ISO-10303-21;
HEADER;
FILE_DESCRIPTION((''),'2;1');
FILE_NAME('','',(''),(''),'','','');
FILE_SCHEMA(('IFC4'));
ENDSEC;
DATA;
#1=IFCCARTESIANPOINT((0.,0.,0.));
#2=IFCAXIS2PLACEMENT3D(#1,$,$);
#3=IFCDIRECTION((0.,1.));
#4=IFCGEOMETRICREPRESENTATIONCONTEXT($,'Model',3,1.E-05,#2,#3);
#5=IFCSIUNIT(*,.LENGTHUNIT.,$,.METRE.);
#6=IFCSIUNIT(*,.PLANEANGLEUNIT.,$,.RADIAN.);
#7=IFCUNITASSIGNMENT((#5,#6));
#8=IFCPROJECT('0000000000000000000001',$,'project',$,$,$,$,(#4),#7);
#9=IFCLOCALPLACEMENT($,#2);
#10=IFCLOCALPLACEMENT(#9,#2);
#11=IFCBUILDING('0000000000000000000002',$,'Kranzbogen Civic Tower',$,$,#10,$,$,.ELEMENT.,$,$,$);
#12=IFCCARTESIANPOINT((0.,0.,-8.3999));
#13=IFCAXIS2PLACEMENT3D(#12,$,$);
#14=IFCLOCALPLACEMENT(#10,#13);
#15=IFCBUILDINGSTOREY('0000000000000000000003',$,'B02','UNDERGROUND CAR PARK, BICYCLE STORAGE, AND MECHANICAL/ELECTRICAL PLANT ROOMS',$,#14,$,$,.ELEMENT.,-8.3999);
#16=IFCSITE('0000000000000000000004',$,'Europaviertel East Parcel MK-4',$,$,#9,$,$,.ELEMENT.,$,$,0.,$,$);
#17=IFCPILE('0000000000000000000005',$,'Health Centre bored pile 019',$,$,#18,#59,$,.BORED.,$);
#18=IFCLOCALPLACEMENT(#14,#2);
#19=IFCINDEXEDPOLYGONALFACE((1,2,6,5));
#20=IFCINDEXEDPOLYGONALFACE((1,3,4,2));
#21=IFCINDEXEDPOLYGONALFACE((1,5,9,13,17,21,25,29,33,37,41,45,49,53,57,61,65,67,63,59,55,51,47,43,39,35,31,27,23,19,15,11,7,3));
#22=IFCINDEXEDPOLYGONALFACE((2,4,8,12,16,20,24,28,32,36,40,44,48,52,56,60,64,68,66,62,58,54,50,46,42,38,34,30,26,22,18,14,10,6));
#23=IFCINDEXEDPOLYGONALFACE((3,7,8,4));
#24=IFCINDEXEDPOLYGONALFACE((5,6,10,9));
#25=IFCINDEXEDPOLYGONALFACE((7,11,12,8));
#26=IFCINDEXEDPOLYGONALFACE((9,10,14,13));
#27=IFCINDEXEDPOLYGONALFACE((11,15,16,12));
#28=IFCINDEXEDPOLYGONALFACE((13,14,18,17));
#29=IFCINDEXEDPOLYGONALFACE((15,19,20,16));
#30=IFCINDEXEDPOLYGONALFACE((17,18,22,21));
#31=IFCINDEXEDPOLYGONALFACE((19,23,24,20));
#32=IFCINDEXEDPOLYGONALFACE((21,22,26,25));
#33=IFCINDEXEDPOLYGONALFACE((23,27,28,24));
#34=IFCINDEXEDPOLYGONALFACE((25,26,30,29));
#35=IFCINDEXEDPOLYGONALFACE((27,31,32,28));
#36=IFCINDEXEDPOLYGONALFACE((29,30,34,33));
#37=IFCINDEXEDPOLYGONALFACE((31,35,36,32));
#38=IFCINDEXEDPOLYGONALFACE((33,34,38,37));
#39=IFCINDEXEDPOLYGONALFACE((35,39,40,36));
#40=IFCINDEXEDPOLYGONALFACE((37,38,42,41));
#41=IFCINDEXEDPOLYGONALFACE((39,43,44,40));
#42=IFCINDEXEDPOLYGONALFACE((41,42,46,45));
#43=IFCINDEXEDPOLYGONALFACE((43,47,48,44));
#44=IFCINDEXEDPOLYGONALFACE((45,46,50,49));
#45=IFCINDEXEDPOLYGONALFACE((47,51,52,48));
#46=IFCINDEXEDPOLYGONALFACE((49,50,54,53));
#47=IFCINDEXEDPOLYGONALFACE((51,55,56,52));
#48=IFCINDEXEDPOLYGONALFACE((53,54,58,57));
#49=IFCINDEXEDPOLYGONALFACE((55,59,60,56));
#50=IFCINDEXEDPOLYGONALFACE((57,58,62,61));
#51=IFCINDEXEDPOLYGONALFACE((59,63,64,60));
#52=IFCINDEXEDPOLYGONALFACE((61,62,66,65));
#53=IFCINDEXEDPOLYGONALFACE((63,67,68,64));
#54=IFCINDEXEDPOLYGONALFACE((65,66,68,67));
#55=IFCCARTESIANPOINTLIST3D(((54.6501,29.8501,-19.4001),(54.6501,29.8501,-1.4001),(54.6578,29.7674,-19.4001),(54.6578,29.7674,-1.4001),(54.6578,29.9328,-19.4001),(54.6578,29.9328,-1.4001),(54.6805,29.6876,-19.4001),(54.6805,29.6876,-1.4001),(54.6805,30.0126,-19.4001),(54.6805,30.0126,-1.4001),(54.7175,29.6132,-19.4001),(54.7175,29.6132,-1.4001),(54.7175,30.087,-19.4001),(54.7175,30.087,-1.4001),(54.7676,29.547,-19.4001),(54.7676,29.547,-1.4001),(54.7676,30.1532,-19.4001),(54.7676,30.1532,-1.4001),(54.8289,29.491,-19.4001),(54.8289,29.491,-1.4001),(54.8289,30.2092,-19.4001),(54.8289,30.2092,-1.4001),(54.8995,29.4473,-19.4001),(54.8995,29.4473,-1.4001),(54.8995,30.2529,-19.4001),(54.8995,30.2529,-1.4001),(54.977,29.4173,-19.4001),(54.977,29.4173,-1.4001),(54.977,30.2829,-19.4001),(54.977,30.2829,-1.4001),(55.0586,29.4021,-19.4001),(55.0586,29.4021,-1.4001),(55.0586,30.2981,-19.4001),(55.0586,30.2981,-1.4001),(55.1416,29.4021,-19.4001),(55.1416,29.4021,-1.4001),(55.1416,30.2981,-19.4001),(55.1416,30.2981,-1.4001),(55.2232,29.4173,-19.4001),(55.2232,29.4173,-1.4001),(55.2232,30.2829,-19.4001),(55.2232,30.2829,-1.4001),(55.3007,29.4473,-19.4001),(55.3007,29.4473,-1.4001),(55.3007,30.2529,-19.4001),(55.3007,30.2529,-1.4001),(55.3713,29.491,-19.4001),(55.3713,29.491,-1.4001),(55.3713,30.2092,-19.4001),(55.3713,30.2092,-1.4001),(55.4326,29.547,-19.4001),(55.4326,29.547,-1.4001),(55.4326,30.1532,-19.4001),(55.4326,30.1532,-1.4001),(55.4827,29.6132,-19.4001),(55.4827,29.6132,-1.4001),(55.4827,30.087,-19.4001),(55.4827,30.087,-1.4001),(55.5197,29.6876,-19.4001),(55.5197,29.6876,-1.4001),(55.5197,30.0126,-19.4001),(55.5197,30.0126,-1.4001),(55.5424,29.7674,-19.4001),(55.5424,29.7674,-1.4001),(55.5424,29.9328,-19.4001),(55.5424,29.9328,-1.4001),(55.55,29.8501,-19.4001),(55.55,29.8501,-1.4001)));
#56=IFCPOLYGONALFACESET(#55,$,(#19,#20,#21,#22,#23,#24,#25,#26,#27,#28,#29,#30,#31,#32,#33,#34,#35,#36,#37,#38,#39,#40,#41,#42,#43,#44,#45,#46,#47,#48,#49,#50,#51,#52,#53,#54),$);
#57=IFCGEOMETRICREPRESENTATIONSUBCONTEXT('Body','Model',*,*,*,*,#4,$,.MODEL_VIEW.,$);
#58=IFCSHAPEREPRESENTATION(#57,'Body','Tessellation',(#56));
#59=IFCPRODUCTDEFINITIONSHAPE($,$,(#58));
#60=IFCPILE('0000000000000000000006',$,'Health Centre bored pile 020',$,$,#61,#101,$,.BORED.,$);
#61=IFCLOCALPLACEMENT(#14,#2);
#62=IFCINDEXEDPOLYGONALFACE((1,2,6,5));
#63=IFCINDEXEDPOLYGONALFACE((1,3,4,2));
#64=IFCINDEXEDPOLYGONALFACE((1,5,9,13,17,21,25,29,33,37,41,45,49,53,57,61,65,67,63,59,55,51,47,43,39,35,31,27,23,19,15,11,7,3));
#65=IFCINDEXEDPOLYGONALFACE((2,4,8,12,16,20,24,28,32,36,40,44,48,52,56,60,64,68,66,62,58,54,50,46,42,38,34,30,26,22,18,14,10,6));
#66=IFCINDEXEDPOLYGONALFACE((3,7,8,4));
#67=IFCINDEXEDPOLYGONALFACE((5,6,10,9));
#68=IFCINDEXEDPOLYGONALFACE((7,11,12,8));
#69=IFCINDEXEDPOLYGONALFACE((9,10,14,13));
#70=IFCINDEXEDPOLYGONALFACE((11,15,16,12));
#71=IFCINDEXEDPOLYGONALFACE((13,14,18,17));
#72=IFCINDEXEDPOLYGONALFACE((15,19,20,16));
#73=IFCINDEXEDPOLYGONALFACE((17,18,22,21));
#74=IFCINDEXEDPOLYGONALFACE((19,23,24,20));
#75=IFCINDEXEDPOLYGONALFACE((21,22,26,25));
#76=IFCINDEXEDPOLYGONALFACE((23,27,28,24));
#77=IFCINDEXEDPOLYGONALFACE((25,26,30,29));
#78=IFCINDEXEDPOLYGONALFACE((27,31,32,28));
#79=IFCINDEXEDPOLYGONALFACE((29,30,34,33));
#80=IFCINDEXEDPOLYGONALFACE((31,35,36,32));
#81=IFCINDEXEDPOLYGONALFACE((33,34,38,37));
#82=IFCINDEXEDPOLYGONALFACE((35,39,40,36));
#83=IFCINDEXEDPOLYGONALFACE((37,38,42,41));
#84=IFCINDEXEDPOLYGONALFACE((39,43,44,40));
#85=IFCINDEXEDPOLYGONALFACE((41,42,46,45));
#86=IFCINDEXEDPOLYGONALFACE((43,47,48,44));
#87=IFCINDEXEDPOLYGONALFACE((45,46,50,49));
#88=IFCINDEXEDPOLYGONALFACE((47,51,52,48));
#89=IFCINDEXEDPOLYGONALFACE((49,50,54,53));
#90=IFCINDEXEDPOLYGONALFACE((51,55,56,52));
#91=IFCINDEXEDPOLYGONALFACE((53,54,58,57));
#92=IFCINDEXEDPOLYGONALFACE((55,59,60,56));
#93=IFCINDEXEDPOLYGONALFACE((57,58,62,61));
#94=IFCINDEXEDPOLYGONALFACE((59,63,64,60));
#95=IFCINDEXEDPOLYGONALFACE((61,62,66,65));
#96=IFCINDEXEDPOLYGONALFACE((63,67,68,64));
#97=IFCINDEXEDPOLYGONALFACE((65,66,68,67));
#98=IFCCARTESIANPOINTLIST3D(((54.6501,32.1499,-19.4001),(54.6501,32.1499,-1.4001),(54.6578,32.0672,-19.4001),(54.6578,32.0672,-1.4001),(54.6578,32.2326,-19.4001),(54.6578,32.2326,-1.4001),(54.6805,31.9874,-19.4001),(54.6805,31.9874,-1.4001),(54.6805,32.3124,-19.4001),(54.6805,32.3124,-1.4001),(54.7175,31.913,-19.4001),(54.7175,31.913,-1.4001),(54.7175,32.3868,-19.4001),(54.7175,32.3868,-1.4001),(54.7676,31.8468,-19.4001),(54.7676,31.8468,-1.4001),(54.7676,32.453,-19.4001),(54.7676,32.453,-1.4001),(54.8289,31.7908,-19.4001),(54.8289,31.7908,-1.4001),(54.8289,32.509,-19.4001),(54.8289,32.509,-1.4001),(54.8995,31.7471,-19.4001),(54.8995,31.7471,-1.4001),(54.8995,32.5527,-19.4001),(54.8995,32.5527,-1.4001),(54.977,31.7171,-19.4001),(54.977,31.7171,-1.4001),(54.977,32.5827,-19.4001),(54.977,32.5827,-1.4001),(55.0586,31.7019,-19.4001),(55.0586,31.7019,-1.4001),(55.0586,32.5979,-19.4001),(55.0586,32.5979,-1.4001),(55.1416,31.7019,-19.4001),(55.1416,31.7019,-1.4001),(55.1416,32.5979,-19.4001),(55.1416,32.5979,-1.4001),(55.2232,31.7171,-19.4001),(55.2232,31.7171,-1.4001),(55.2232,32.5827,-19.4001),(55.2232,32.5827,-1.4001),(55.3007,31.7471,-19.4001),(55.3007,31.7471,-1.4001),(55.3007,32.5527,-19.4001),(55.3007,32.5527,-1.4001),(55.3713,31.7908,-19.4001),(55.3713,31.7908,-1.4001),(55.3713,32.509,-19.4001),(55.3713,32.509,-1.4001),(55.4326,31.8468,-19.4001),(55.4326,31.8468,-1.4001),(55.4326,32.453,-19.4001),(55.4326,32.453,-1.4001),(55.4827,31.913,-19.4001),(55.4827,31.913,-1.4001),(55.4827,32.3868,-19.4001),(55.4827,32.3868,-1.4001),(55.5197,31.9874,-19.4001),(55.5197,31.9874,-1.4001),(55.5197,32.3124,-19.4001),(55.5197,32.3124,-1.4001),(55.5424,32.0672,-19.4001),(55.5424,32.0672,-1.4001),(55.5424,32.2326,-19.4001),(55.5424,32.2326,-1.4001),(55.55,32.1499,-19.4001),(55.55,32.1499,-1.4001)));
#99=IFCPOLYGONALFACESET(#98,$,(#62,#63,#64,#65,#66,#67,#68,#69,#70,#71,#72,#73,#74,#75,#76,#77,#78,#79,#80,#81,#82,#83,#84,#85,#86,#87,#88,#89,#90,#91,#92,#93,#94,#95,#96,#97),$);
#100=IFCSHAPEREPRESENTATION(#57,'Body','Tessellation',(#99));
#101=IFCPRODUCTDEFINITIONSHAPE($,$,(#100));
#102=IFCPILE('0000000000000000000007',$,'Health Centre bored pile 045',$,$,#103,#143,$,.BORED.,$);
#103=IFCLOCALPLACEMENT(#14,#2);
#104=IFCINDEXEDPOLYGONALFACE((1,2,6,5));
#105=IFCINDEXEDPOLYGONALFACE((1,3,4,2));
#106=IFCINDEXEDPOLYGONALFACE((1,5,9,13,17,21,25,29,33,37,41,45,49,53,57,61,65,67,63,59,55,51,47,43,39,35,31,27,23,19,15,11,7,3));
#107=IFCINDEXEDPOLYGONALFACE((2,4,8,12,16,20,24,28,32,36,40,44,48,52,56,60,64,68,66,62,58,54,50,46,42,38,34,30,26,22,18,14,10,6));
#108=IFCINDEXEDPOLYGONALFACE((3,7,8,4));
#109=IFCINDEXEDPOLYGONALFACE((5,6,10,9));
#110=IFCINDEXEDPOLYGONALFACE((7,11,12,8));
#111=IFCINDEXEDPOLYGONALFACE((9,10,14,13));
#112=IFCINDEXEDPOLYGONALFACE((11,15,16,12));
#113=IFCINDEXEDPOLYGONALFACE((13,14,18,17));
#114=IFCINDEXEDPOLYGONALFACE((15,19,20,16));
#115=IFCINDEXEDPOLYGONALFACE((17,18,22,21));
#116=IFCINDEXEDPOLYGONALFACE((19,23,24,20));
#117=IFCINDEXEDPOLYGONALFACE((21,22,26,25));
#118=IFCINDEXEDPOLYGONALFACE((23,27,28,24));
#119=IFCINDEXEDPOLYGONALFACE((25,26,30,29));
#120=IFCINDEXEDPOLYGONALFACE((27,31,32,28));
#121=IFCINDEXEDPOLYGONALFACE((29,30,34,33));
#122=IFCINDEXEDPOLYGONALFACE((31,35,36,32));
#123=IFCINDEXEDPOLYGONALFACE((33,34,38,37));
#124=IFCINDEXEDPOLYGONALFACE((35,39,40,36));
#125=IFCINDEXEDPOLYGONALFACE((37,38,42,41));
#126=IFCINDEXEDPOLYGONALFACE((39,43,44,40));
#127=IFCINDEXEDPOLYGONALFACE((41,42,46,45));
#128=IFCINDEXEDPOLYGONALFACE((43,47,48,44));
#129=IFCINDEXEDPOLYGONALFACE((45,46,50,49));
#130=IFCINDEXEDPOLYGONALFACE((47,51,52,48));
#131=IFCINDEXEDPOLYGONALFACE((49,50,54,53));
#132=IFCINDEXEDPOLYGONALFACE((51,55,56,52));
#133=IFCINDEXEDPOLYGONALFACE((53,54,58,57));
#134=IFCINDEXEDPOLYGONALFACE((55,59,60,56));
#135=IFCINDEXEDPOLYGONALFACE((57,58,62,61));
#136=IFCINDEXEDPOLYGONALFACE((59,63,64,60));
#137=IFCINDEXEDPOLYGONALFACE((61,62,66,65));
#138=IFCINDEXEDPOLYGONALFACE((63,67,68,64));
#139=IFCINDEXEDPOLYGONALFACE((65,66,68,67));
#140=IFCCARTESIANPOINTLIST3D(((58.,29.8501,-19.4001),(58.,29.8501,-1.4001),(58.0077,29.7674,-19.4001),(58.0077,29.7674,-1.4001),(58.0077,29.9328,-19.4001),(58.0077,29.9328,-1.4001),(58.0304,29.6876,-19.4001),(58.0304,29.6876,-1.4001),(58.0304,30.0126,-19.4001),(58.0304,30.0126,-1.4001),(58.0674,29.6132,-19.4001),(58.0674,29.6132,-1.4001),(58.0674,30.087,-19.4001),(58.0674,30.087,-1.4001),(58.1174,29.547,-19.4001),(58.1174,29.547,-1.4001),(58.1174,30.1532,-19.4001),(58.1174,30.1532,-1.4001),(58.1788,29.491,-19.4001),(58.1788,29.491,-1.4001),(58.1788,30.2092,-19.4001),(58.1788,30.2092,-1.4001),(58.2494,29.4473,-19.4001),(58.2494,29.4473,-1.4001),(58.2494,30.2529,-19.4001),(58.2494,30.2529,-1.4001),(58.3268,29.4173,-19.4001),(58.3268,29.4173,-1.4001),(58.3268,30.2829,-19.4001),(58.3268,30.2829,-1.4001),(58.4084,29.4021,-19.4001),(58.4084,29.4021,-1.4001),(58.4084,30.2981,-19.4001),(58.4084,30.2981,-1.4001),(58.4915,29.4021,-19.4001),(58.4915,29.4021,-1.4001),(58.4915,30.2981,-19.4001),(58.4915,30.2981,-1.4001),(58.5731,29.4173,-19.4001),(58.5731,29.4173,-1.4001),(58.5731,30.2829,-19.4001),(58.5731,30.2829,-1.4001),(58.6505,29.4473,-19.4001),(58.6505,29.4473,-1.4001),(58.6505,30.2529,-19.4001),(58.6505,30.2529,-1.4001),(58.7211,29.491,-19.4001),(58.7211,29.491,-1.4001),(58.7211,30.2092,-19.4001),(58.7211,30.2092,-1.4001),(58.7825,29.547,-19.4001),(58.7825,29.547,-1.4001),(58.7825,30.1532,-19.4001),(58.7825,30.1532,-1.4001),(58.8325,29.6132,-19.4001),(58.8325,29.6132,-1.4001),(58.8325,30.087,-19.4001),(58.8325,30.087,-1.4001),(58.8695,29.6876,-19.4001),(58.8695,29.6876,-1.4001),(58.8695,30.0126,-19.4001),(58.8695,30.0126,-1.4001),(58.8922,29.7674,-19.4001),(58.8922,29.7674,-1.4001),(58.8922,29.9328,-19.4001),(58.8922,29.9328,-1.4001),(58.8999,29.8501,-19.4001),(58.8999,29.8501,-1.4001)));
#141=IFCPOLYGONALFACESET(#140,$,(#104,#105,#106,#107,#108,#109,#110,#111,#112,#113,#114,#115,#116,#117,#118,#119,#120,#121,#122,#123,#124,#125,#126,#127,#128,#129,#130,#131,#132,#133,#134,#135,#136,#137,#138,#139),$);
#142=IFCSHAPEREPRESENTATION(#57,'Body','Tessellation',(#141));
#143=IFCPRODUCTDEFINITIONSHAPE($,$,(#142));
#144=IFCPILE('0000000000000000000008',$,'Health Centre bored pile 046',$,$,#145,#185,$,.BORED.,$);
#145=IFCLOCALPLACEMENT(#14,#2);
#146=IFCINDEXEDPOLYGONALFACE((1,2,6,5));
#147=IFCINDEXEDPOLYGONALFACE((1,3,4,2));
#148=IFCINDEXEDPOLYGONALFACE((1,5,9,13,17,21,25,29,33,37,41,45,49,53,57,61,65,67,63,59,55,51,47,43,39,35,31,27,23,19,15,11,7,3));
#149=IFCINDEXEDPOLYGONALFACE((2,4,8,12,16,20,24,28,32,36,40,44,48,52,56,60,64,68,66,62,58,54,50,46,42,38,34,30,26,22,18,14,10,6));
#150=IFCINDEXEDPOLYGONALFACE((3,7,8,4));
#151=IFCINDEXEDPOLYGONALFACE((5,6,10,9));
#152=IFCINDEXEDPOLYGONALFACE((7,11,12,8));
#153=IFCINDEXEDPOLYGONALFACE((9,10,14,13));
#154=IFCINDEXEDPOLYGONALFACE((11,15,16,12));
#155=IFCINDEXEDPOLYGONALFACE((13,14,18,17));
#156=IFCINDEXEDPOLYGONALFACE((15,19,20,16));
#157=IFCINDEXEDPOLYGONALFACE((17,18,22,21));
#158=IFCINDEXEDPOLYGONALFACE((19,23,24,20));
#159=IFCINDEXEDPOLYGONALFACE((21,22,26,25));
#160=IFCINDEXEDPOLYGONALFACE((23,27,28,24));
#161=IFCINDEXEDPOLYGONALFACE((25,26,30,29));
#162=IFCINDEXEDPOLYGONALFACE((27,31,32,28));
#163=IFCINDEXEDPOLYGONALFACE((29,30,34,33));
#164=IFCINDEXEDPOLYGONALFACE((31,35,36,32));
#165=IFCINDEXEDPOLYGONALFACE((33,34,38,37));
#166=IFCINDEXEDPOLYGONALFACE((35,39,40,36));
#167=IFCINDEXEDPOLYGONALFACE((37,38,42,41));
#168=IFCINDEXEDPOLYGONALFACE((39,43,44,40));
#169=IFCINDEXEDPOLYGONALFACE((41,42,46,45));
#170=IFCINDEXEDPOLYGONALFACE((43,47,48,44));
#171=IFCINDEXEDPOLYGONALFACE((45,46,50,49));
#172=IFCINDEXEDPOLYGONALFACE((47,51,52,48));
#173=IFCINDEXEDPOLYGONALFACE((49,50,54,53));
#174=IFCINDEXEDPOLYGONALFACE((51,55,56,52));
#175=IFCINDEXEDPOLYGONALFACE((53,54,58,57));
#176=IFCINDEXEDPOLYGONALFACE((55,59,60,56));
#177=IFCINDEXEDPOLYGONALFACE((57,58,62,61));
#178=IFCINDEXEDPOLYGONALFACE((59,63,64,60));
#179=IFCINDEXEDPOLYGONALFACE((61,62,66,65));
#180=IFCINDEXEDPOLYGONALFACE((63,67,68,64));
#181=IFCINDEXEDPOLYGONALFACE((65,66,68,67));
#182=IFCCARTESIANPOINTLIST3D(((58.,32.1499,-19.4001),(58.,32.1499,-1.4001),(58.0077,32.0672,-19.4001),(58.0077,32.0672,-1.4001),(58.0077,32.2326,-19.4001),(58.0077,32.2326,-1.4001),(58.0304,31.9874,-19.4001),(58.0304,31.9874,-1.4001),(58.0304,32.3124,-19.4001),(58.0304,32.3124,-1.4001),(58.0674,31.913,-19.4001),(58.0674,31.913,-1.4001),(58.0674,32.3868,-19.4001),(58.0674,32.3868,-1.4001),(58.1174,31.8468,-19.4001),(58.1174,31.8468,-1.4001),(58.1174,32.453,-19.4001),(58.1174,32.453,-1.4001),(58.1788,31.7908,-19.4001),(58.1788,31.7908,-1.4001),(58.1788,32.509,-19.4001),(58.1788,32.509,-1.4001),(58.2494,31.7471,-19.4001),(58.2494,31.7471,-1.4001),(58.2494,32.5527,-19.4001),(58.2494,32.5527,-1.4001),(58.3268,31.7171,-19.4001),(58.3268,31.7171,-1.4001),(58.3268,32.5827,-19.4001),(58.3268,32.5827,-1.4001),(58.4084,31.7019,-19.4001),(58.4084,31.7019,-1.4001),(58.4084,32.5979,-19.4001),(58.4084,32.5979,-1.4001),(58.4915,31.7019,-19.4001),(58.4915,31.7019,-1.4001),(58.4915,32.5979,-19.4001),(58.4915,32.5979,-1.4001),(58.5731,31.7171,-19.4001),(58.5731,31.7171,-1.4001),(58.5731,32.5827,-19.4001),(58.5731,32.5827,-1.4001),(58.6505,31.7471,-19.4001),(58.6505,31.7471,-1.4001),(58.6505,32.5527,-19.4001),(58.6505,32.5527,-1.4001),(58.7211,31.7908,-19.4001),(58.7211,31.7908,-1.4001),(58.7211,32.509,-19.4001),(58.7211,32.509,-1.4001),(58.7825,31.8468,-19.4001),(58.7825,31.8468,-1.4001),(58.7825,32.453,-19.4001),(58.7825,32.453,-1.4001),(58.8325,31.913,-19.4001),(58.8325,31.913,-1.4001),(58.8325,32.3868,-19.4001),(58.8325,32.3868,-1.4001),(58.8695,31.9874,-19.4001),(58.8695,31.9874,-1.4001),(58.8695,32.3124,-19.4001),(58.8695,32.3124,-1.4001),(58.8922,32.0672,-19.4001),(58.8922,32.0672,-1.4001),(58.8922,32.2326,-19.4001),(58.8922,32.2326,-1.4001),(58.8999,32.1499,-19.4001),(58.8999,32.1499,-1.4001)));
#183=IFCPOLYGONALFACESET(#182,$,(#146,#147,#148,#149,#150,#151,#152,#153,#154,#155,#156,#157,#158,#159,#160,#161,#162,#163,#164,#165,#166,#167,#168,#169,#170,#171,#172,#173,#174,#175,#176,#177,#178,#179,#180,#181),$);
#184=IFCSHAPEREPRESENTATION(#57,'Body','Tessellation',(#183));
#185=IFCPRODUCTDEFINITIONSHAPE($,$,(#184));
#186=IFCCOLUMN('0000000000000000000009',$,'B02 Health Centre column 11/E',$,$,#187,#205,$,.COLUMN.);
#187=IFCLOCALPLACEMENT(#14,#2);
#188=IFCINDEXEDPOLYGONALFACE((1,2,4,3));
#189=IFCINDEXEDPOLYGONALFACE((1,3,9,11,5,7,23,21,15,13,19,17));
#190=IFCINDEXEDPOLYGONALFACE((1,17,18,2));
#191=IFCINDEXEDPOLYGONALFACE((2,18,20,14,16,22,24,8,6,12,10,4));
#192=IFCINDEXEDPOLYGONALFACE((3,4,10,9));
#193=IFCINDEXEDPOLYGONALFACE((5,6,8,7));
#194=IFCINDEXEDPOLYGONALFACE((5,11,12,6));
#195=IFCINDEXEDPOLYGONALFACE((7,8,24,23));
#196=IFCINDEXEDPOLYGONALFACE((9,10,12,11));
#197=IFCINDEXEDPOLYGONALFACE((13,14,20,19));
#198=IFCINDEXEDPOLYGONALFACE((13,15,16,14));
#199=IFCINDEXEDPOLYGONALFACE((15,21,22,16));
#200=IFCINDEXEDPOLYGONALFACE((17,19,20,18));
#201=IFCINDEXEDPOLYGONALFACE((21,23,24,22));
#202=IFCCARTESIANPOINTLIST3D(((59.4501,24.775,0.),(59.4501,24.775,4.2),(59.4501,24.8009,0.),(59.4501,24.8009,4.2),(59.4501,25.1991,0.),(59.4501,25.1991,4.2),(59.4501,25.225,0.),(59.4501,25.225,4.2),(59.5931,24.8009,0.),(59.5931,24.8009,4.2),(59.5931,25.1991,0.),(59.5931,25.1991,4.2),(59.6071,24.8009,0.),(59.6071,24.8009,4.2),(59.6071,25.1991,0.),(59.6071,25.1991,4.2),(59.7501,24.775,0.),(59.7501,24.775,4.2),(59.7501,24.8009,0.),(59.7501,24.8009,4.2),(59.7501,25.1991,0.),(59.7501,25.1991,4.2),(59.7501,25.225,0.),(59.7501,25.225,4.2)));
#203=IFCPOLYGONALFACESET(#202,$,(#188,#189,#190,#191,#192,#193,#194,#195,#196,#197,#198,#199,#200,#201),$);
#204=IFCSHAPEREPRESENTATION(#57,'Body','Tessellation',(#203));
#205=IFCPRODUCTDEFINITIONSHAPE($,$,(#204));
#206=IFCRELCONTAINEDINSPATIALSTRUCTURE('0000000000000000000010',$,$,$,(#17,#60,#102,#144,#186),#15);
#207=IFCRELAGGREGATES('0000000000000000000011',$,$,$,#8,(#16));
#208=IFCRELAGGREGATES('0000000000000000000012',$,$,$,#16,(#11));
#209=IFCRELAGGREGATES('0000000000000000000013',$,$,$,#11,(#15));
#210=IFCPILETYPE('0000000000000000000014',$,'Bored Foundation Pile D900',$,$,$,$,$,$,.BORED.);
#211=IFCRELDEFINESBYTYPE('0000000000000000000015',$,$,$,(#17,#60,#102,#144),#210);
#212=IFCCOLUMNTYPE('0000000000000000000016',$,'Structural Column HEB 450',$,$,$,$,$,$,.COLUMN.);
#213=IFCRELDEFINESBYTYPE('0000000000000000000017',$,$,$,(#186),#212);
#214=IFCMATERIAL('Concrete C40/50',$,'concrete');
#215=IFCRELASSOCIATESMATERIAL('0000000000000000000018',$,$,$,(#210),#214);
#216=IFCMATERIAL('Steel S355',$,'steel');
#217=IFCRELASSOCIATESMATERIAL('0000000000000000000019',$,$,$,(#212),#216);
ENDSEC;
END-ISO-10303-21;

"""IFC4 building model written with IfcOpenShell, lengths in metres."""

from ifc_helpers import new_model, si_unit, direction, frame, origin, origin_2d, place, context, subcontext, project, spatial, circle, i_section, extrude, material, material_profile, profile_set, type_object, element, save


model = new_model("IFC4")

# Units and contexts
model_context = context("Model", 3, precision=1e-05, world=origin(), true_north=direction((0.0, 1.0)))
body_context = subcontext(model_context, "Body", "Model", "MODEL_VIEW")
ifc_project = project(units=[si_unit("LENGTHUNIT", "METRE"), si_unit("PLANEANGLEUNIT", "RADIAN")], contexts=[model_context])

# Site, building, storey
site_placement = place(None, origin())
site = spatial("IfcSite", under=ifc_project, at=site_placement, Name="Europaviertel East Parcel MK-4", CompositionType="ELEMENT", RefElevation=0.0)
building_placement = place(site_placement, origin())
building = spatial("IfcBuilding", under=site, at=building_placement, Name="Kranzbogen Civic Tower", CompositionType="ELEMENT")
storey_placement = place(building_placement, frame((0.0, 0.0, -8.3999)))
storey = spatial("IfcBuildingStorey", under=building, at=storey_placement, Name="B02", Description="UNDERGROUND CAR PARK, BICYCLE STORAGE, AND MECHANICAL/ELECTRICAL PLANT ROOMS", CompositionType="ELEMENT", Elevation=-8.3999)

# Piles
ifc_material_1 = material(Name="Concrete C40/50", Category="concrete")
ifc_material_profile_1 = material_profile(ifc_material_1, circle(Radius=0.45, at=origin_2d()), Name="PILE D900")
ifc_profile_set_1 = profile_set([ifc_material_profile_1], Name="Concrete C40/50")
pile_type_1 = type_object("IfcPileType", Name="Bored Foundation Pile D900", PredefinedType="BORED", material=ifc_profile_set_1)
for number, where, z_axis, x_axis, name in (
    (1, (55.1001, 29.8501, -1.4001), (0.0, 0.0, -1.0), (1.0, 0.0, 0.0), "Health Centre bored pile 019"),
    (2, (55.1001, 32.1499, -1.4001), (0.0, 0.0, -1.0), (1.0, 0.0, 0.0), "Health Centre bored pile 020"),
    (3, (58.45, 29.8501, -1.4001), (0.0, 0.0, -1.0), (1.0, 0.0, 0.0), "Health Centre bored pile 045"),
    (4, (58.45, 32.1499, -1.4001), (0.0, 0.0, -1.0), (1.0, 0.0, 0.0), "Health Centre bored pile 046"),
):
    element("IfcPile", number, at=place(storey_placement, frame(where, z_axis=z_axis, x_axis=x_axis)), inside=storey, type_object=pile_type_1, Name=name, PredefinedType="BORED", context=body_context, shape_type="SweptSolid", body=[
        extrude(circle(Radius=0.45, at=origin_2d()), origin(), (0.0, 0.0, 1.0), 18.0),
    ])

# Column
ifc_material_2 = material(Name="Steel S355", Category="steel")
ifc_material_profile_2 = material_profile(ifc_material_2, i_section(OverallWidth=0.3, OverallDepth=0.45, WebThickness=0.0139, FlangeThickness=0.0259, at=origin_2d()), Name="HEB 450")
ifc_profile_set_2 = profile_set([ifc_material_profile_2], Name="Steel S355")
column_type_1 = type_object("IfcColumnType", Name="Structural Column HEB 450", PredefinedType="COLUMN", material=ifc_profile_set_2)
for number, where, z_axis, x_axis, name in (
    (5, (59.6001, 25.0, 0.0), (0.0, 0.0, 1.0), (1.0, 0.0, 0.0), "B02 Health Centre column 11/E"),
):
    element("IfcColumn", number, at=place(storey_placement, frame(where, z_axis=z_axis, x_axis=x_axis)), inside=storey, type_object=column_type_1, Name=name, PredefinedType="COLUMN", context=body_context, shape_type="SweptSolid", body=[
        extrude(i_section(OverallWidth=0.3, OverallDepth=0.45, WebThickness=0.0139, FlangeThickness=0.0259, at=origin_2d()), origin(), (0.0, 0.0, 1.0), 4.2),
    ])

save(model, "model.ifc")
